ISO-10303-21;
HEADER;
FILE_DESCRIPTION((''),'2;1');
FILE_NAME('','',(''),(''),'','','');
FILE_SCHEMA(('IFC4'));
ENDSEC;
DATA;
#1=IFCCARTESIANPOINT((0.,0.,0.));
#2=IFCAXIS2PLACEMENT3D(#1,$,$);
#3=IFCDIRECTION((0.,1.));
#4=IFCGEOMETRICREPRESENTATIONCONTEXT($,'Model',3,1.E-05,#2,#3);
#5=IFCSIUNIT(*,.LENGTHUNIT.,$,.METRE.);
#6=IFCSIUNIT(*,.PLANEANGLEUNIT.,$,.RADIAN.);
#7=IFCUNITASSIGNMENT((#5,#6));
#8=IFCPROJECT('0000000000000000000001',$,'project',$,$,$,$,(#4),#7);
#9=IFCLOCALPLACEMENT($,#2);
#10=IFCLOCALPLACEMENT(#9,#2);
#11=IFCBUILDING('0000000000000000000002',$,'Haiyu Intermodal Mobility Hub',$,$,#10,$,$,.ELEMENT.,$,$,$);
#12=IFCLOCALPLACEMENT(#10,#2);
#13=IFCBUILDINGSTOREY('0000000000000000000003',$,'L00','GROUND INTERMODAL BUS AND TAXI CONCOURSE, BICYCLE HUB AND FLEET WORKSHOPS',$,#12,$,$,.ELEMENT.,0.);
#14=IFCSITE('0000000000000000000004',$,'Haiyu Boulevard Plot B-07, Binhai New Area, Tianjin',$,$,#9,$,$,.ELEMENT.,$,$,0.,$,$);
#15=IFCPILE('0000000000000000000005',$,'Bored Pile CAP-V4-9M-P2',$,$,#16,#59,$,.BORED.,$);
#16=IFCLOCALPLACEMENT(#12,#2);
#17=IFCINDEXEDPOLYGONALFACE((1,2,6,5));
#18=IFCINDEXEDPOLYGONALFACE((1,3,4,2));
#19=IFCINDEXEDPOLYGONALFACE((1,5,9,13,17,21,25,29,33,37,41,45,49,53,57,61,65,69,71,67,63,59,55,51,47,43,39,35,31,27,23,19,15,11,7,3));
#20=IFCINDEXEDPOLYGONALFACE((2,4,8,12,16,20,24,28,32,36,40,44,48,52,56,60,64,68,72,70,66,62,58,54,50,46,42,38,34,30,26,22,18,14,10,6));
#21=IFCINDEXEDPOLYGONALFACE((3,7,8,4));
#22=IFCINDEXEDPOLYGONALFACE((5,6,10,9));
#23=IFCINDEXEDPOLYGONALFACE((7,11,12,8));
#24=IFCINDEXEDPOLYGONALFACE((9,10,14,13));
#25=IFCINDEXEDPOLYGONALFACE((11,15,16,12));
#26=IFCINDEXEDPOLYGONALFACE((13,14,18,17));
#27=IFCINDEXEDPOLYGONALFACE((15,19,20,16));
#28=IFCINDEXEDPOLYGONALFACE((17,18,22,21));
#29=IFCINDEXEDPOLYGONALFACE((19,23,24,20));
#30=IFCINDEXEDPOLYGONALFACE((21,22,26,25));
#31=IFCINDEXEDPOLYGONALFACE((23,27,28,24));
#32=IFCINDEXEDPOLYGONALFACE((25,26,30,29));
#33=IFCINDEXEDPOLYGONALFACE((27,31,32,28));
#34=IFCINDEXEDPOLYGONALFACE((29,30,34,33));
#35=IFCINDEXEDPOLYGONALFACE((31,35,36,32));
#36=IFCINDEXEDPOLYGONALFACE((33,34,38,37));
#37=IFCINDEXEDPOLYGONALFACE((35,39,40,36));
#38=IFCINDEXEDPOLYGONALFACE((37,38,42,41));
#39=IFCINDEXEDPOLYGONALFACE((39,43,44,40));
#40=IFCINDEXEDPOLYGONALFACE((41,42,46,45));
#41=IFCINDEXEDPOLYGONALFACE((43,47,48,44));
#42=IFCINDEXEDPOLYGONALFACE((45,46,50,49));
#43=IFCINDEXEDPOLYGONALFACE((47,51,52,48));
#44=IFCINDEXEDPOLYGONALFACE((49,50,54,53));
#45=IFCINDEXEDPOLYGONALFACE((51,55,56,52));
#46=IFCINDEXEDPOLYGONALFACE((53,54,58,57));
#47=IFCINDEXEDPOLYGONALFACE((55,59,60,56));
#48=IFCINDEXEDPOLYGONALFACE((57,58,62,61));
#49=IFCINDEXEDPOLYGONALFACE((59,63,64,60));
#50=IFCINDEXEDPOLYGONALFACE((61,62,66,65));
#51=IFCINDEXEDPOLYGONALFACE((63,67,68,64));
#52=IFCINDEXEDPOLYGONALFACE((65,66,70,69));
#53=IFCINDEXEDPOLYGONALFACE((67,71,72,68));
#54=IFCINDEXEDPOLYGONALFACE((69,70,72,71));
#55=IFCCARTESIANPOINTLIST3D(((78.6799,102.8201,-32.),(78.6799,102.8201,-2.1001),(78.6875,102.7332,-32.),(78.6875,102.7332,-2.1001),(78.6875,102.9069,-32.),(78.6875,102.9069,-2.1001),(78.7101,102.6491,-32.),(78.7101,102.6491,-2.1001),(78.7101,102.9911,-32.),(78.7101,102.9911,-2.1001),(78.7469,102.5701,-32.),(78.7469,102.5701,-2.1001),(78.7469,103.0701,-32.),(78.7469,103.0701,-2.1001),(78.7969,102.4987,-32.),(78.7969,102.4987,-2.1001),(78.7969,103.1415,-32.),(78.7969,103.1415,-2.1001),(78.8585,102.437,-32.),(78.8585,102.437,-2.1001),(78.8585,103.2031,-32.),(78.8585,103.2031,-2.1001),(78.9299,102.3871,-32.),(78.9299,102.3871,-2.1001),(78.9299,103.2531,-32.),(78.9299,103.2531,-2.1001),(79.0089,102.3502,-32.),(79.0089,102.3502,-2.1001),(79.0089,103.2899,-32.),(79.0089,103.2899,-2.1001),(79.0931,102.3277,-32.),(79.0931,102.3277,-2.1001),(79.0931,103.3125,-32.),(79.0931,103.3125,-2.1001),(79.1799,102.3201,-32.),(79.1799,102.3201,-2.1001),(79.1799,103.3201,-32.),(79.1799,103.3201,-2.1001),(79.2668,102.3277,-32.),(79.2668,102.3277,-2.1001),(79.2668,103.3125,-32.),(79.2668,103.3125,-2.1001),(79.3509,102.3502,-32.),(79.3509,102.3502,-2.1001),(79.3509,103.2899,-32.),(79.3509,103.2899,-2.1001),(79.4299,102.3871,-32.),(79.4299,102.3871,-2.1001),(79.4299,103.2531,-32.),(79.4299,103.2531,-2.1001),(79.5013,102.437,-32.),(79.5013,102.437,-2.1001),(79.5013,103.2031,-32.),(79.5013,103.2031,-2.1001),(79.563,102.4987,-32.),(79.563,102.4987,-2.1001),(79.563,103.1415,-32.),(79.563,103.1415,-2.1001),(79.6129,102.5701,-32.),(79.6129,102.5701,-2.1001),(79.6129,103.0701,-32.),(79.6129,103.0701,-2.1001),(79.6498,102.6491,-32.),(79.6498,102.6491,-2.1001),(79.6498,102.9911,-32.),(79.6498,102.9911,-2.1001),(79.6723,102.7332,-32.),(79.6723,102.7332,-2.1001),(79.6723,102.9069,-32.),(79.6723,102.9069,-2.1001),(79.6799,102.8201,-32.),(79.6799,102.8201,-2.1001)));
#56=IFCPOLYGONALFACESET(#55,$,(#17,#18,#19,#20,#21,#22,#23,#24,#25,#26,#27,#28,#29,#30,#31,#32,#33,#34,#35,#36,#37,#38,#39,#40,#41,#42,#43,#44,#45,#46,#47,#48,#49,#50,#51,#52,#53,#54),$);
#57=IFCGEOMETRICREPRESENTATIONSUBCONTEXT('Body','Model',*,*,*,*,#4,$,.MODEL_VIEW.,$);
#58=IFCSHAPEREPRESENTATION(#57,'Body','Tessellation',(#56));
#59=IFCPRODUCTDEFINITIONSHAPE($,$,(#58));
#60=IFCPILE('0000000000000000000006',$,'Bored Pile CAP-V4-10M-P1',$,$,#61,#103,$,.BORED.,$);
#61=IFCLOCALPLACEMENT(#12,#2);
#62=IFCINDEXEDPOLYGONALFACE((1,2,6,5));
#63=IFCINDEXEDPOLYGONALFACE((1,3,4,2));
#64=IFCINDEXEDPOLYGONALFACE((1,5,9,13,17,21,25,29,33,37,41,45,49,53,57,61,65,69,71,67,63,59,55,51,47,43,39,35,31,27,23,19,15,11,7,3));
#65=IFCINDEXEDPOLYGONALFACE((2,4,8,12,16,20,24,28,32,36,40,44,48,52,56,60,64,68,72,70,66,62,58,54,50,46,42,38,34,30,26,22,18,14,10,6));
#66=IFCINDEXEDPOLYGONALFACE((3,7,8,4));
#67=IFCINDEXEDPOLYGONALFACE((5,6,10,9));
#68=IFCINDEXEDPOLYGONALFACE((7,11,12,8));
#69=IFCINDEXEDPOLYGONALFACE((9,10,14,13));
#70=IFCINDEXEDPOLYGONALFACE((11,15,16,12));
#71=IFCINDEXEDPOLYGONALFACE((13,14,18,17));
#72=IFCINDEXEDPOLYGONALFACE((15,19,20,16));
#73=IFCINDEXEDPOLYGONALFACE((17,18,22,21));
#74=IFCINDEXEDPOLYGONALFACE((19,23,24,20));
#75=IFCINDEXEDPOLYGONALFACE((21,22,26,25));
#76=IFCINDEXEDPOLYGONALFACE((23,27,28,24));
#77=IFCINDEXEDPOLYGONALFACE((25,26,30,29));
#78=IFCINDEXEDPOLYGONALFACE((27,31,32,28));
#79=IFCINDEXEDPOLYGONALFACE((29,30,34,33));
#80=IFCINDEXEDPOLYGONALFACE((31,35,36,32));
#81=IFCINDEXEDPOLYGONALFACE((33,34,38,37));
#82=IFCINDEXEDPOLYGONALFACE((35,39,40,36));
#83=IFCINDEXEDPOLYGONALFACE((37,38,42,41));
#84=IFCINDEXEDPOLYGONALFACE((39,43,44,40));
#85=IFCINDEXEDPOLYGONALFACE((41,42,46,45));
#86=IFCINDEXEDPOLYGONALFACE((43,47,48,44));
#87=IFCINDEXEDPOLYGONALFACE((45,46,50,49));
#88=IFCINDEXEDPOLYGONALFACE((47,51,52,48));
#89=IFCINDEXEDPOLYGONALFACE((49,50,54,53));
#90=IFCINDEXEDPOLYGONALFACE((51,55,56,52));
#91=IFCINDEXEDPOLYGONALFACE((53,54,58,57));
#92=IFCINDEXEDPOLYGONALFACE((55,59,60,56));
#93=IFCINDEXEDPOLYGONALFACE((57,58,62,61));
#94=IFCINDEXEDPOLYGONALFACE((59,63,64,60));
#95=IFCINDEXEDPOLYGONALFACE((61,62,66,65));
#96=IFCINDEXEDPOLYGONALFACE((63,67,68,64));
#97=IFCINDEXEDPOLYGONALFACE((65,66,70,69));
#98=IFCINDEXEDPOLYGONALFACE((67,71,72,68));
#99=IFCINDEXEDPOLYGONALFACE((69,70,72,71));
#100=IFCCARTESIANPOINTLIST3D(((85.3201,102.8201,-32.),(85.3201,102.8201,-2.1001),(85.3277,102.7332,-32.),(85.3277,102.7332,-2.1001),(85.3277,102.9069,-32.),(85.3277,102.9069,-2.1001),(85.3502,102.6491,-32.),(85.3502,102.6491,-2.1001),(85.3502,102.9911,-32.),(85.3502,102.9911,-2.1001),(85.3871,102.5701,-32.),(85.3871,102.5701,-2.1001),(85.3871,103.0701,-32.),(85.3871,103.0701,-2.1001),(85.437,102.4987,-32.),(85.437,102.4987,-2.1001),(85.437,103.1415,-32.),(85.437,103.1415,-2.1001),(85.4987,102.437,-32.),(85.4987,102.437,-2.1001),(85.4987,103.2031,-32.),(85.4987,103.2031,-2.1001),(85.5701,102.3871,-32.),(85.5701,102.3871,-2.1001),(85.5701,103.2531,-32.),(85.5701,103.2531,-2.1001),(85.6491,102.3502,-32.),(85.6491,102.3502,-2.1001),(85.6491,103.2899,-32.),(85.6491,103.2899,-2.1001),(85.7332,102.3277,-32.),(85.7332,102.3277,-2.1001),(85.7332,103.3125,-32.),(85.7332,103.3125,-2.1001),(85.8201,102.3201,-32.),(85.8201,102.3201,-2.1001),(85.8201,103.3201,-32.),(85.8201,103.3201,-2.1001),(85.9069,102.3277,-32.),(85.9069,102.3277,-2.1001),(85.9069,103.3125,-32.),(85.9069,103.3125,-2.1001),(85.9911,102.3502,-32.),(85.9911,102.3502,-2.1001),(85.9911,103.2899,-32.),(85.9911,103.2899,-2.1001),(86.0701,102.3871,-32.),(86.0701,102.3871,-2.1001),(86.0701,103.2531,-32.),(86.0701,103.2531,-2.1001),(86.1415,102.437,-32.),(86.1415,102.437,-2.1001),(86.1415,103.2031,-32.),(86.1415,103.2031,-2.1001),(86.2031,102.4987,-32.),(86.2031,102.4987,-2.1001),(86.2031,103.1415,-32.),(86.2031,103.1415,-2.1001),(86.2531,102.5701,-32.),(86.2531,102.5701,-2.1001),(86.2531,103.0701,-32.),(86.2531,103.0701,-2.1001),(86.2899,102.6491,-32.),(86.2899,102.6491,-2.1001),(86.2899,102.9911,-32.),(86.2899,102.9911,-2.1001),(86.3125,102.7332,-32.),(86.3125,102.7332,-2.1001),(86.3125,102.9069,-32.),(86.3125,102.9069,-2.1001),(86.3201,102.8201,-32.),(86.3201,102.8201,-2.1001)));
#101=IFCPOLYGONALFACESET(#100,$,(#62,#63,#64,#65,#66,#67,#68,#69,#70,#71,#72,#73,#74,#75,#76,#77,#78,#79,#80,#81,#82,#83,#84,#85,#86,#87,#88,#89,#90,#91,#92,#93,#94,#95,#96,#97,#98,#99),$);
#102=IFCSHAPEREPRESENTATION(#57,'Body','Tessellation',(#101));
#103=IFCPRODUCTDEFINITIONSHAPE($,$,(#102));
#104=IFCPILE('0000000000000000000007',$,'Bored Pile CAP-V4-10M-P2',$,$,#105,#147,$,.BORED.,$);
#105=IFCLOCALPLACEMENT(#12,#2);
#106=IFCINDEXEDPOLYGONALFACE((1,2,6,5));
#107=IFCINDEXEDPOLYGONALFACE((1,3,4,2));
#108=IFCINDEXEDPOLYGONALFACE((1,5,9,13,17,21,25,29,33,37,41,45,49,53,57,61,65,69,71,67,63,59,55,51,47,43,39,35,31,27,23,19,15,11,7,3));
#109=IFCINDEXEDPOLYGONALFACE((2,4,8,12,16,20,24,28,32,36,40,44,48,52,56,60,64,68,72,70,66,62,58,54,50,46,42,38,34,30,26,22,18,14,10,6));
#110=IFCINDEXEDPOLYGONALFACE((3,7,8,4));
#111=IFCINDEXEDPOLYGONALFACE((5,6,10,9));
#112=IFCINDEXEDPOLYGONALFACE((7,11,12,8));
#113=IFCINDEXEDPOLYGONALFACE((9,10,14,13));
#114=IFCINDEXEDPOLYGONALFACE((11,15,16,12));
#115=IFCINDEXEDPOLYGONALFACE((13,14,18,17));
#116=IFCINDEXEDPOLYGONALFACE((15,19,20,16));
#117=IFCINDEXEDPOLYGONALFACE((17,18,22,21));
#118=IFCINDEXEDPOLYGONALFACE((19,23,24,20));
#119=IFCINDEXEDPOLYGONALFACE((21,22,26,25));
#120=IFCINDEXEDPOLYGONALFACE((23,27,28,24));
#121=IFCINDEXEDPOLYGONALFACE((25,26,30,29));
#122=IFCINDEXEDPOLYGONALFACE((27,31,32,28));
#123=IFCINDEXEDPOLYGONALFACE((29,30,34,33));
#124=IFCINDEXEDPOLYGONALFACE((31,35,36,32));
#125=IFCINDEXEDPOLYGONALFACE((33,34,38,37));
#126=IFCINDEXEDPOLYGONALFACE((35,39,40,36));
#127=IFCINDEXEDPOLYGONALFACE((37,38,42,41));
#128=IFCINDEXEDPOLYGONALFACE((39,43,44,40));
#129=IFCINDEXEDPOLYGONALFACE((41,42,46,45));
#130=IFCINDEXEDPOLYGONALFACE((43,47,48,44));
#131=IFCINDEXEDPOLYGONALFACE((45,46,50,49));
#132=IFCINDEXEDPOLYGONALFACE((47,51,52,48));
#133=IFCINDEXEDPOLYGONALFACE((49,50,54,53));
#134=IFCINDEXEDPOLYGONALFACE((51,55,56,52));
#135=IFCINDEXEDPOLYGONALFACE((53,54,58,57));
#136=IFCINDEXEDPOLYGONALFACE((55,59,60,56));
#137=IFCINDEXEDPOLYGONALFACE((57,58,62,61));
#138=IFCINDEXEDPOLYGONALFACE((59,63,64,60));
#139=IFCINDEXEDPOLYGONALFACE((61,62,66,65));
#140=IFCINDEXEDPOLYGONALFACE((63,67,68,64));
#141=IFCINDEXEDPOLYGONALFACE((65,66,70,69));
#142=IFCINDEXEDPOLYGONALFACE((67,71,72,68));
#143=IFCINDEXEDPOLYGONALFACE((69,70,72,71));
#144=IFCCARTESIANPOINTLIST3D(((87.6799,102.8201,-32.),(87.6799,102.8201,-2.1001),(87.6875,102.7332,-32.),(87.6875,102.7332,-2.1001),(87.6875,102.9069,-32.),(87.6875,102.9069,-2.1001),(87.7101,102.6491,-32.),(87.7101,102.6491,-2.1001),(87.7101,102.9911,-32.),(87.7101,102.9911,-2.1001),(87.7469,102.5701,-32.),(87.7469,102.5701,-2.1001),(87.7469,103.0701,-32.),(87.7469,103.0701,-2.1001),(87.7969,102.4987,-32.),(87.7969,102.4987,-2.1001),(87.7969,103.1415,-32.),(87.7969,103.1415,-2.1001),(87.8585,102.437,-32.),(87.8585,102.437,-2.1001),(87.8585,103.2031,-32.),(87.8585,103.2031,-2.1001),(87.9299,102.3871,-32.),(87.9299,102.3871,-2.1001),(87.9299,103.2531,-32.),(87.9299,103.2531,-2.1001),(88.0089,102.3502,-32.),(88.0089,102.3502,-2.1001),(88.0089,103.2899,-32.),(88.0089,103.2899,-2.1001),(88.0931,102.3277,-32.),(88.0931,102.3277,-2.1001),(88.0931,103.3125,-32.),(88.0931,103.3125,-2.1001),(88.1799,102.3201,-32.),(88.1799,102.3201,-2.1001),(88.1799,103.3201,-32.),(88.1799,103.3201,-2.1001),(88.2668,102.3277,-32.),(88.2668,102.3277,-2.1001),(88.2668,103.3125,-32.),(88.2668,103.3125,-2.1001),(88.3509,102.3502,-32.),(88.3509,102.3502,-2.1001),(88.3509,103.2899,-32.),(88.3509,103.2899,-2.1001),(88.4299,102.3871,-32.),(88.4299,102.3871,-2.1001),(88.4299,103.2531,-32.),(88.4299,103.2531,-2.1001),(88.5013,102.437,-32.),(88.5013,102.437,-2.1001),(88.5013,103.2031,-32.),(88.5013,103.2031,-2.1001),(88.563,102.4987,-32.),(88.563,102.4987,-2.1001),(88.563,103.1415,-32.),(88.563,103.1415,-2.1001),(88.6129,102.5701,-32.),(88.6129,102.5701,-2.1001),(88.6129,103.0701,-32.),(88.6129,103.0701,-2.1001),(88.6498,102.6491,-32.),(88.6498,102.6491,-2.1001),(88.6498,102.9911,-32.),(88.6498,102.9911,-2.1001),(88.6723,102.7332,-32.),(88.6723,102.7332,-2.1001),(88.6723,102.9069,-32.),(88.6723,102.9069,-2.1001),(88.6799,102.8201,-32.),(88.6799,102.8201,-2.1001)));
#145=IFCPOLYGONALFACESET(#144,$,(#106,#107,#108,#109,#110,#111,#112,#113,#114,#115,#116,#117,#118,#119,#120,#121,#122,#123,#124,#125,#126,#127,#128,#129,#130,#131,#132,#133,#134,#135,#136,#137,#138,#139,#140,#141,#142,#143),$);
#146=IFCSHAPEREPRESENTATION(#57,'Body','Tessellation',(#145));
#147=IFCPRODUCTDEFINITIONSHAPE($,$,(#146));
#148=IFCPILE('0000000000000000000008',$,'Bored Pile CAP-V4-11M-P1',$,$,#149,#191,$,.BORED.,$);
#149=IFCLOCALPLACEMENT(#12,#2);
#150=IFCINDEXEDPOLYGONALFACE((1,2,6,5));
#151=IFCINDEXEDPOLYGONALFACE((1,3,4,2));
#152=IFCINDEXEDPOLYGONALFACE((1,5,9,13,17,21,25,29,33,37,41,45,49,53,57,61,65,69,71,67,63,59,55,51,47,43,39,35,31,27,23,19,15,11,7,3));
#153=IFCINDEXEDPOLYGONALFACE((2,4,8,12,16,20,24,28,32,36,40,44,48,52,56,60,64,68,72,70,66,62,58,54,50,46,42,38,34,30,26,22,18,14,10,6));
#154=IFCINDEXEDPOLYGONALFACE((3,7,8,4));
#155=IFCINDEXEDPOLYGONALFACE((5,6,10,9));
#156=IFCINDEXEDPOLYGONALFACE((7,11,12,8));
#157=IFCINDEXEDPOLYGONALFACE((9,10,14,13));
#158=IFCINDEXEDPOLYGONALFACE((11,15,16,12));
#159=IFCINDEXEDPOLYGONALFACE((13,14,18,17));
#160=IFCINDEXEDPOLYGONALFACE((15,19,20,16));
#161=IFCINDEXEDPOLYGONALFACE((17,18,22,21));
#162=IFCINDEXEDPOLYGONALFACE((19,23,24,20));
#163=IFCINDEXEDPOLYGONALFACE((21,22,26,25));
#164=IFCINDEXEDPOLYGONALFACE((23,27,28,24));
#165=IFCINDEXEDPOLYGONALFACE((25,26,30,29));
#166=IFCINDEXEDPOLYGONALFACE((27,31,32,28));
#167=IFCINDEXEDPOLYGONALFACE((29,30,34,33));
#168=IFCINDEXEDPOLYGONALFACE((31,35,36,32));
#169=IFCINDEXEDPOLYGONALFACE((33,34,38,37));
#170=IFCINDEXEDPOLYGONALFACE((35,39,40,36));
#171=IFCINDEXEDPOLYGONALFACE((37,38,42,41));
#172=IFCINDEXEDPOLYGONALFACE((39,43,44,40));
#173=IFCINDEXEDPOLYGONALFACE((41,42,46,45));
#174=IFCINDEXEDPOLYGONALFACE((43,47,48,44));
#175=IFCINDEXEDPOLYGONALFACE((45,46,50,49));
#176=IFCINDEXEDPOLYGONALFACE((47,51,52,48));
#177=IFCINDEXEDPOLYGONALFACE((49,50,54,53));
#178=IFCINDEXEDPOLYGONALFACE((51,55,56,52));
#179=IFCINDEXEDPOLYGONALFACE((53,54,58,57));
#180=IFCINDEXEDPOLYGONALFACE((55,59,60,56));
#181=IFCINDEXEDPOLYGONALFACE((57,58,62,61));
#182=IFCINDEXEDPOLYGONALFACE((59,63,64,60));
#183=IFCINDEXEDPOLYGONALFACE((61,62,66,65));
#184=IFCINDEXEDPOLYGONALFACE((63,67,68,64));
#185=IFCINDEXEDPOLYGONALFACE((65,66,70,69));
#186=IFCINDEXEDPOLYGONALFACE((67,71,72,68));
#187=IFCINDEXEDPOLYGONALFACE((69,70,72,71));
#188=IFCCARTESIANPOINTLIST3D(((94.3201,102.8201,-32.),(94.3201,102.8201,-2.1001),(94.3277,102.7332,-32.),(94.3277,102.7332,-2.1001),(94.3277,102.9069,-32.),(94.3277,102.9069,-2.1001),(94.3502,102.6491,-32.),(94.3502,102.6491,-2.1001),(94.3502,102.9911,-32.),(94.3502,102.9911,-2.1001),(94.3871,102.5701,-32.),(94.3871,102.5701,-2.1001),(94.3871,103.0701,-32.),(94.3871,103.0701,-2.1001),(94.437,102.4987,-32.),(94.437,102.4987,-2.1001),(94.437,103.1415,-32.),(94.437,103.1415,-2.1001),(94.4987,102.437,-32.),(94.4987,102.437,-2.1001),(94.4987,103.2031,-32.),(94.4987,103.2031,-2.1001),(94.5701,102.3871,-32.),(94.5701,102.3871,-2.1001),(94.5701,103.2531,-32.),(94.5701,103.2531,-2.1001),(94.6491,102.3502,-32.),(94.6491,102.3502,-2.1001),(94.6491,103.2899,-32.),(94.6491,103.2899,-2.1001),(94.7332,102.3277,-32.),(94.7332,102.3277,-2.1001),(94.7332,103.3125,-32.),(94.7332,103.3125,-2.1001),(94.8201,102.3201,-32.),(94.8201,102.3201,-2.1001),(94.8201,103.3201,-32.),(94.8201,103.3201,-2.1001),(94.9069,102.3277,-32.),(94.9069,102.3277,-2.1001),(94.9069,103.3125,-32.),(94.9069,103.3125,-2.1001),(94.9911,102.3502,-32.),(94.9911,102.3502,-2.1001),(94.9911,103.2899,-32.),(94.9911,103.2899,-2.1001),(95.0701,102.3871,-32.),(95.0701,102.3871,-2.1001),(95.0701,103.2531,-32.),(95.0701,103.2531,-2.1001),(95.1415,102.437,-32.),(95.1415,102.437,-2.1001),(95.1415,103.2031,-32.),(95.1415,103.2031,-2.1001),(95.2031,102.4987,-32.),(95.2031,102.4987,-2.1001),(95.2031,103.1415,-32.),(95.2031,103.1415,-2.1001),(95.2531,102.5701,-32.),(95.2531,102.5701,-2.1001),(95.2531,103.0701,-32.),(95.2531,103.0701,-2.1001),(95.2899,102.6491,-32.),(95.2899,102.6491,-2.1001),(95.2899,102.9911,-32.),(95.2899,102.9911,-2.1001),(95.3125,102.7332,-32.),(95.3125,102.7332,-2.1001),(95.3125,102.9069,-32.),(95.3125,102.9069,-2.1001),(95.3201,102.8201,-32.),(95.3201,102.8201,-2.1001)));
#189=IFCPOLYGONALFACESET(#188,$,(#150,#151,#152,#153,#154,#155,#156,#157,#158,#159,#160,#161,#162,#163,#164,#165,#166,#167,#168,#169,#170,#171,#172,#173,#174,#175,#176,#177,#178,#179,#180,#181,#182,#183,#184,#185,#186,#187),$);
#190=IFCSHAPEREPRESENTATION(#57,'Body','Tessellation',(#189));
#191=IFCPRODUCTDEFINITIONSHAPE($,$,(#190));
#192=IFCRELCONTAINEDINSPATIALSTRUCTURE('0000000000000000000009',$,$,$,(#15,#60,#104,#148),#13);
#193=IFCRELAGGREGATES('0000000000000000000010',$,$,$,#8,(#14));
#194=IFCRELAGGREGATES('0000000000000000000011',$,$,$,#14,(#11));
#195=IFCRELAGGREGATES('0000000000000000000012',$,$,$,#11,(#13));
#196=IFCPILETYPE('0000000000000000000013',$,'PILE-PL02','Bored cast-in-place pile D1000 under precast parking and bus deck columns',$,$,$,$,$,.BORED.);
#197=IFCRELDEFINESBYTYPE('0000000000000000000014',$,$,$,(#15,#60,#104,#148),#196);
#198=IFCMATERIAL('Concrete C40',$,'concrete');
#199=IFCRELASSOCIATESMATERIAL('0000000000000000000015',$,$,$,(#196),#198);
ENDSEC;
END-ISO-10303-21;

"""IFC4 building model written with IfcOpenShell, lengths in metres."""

from ifc_helpers import new_model, si_unit, direction, frame, origin, origin_2d, place, context, subcontext, project, spatial, circle, extrude, material, material_profile, profile_set, type_object, element, save


model = new_model("IFC4")

# Units and contexts
model_context = context("Model", 3, precision=1e-05, world=origin(), true_north=direction((0.0, 1.0)))
body_context = subcontext(model_context, "Body", "Model", "MODEL_VIEW")
ifc_project = project(units=[si_unit("LENGTHUNIT", "METRE"), si_unit("PLANEANGLEUNIT", "RADIAN")], contexts=[model_context])

# Site, building, storey
site_placement = place(None, origin())
site = spatial("IfcSite", under=ifc_project, at=site_placement, Name="Haiyu Boulevard Plot B-07, Binhai New Area, Tianjin", CompositionType="ELEMENT", RefElevation=0.0)
building_placement = place(site_placement, origin())
building = spatial("IfcBuilding", under=site, at=building_placement, Name="Haiyu Intermodal Mobility Hub", CompositionType="ELEMENT")
storey_placement = place(building_placement, origin())
storey = spatial("IfcBuildingStorey", under=building, at=storey_placement, Name="L00", Description="GROUND INTERMODAL BUS AND TAXI CONCOURSE, BICYCLE HUB AND FLEET WORKSHOPS", CompositionType="ELEMENT", Elevation=0.0)

# Shared definitions
ifc_material_1 = material(Name="Concrete C40", Category="concrete")

# Piles
ifc_material_profile_1 = material_profile(ifc_material_1, circle(Radius=0.5, at=origin_2d()), Name="PILE-D1000")
ifc_profile_set_1 = profile_set([ifc_material_profile_1], Name="Concrete C40")
pile_type_1 = type_object("IfcPileType", Name="PILE-PL02", Description="Bored cast-in-place pile D1000 under precast parking and bus deck columns", PredefinedType="BORED", material=ifc_profile_set_1)
for number, where, z_axis, x_axis, name in (
    (1, (79.1799, 102.8201, -2.1001), (0.0, 0.0, -1.0), (1.0, 0.0, 0.0), "Bored Pile CAP-V4-9M-P2"),
    (2, (85.8201, 102.8201, -2.1001), (0.0, 0.0, -1.0), (1.0, 0.0, 0.0), "Bored Pile CAP-V4-10M-P1"),
    (3, (88.1799, 102.8201, -2.1001), (0.0, 0.0, -1.0), (1.0, 0.0, 0.0), "Bored Pile CAP-V4-10M-P2"),
    (4, (94.8201, 102.8201, -2.1001), (0.0, 0.0, -1.0), (1.0, 0.0, 0.0), "Bored Pile CAP-V4-11M-P1"),
):
    element("IfcPile", number, at=place(storey_placement, frame(where, z_axis=z_axis, x_axis=x_axis)), inside=storey, type_object=pile_type_1, Name=name, PredefinedType="BORED", context=body_context, shape_type="SweptSolid", body=[
        extrude(circle(Radius=0.5, at=origin_2d()), origin(), (0.0, 0.0, 1.0), 29.8999),
    ])

save(model, "model.ifc")
